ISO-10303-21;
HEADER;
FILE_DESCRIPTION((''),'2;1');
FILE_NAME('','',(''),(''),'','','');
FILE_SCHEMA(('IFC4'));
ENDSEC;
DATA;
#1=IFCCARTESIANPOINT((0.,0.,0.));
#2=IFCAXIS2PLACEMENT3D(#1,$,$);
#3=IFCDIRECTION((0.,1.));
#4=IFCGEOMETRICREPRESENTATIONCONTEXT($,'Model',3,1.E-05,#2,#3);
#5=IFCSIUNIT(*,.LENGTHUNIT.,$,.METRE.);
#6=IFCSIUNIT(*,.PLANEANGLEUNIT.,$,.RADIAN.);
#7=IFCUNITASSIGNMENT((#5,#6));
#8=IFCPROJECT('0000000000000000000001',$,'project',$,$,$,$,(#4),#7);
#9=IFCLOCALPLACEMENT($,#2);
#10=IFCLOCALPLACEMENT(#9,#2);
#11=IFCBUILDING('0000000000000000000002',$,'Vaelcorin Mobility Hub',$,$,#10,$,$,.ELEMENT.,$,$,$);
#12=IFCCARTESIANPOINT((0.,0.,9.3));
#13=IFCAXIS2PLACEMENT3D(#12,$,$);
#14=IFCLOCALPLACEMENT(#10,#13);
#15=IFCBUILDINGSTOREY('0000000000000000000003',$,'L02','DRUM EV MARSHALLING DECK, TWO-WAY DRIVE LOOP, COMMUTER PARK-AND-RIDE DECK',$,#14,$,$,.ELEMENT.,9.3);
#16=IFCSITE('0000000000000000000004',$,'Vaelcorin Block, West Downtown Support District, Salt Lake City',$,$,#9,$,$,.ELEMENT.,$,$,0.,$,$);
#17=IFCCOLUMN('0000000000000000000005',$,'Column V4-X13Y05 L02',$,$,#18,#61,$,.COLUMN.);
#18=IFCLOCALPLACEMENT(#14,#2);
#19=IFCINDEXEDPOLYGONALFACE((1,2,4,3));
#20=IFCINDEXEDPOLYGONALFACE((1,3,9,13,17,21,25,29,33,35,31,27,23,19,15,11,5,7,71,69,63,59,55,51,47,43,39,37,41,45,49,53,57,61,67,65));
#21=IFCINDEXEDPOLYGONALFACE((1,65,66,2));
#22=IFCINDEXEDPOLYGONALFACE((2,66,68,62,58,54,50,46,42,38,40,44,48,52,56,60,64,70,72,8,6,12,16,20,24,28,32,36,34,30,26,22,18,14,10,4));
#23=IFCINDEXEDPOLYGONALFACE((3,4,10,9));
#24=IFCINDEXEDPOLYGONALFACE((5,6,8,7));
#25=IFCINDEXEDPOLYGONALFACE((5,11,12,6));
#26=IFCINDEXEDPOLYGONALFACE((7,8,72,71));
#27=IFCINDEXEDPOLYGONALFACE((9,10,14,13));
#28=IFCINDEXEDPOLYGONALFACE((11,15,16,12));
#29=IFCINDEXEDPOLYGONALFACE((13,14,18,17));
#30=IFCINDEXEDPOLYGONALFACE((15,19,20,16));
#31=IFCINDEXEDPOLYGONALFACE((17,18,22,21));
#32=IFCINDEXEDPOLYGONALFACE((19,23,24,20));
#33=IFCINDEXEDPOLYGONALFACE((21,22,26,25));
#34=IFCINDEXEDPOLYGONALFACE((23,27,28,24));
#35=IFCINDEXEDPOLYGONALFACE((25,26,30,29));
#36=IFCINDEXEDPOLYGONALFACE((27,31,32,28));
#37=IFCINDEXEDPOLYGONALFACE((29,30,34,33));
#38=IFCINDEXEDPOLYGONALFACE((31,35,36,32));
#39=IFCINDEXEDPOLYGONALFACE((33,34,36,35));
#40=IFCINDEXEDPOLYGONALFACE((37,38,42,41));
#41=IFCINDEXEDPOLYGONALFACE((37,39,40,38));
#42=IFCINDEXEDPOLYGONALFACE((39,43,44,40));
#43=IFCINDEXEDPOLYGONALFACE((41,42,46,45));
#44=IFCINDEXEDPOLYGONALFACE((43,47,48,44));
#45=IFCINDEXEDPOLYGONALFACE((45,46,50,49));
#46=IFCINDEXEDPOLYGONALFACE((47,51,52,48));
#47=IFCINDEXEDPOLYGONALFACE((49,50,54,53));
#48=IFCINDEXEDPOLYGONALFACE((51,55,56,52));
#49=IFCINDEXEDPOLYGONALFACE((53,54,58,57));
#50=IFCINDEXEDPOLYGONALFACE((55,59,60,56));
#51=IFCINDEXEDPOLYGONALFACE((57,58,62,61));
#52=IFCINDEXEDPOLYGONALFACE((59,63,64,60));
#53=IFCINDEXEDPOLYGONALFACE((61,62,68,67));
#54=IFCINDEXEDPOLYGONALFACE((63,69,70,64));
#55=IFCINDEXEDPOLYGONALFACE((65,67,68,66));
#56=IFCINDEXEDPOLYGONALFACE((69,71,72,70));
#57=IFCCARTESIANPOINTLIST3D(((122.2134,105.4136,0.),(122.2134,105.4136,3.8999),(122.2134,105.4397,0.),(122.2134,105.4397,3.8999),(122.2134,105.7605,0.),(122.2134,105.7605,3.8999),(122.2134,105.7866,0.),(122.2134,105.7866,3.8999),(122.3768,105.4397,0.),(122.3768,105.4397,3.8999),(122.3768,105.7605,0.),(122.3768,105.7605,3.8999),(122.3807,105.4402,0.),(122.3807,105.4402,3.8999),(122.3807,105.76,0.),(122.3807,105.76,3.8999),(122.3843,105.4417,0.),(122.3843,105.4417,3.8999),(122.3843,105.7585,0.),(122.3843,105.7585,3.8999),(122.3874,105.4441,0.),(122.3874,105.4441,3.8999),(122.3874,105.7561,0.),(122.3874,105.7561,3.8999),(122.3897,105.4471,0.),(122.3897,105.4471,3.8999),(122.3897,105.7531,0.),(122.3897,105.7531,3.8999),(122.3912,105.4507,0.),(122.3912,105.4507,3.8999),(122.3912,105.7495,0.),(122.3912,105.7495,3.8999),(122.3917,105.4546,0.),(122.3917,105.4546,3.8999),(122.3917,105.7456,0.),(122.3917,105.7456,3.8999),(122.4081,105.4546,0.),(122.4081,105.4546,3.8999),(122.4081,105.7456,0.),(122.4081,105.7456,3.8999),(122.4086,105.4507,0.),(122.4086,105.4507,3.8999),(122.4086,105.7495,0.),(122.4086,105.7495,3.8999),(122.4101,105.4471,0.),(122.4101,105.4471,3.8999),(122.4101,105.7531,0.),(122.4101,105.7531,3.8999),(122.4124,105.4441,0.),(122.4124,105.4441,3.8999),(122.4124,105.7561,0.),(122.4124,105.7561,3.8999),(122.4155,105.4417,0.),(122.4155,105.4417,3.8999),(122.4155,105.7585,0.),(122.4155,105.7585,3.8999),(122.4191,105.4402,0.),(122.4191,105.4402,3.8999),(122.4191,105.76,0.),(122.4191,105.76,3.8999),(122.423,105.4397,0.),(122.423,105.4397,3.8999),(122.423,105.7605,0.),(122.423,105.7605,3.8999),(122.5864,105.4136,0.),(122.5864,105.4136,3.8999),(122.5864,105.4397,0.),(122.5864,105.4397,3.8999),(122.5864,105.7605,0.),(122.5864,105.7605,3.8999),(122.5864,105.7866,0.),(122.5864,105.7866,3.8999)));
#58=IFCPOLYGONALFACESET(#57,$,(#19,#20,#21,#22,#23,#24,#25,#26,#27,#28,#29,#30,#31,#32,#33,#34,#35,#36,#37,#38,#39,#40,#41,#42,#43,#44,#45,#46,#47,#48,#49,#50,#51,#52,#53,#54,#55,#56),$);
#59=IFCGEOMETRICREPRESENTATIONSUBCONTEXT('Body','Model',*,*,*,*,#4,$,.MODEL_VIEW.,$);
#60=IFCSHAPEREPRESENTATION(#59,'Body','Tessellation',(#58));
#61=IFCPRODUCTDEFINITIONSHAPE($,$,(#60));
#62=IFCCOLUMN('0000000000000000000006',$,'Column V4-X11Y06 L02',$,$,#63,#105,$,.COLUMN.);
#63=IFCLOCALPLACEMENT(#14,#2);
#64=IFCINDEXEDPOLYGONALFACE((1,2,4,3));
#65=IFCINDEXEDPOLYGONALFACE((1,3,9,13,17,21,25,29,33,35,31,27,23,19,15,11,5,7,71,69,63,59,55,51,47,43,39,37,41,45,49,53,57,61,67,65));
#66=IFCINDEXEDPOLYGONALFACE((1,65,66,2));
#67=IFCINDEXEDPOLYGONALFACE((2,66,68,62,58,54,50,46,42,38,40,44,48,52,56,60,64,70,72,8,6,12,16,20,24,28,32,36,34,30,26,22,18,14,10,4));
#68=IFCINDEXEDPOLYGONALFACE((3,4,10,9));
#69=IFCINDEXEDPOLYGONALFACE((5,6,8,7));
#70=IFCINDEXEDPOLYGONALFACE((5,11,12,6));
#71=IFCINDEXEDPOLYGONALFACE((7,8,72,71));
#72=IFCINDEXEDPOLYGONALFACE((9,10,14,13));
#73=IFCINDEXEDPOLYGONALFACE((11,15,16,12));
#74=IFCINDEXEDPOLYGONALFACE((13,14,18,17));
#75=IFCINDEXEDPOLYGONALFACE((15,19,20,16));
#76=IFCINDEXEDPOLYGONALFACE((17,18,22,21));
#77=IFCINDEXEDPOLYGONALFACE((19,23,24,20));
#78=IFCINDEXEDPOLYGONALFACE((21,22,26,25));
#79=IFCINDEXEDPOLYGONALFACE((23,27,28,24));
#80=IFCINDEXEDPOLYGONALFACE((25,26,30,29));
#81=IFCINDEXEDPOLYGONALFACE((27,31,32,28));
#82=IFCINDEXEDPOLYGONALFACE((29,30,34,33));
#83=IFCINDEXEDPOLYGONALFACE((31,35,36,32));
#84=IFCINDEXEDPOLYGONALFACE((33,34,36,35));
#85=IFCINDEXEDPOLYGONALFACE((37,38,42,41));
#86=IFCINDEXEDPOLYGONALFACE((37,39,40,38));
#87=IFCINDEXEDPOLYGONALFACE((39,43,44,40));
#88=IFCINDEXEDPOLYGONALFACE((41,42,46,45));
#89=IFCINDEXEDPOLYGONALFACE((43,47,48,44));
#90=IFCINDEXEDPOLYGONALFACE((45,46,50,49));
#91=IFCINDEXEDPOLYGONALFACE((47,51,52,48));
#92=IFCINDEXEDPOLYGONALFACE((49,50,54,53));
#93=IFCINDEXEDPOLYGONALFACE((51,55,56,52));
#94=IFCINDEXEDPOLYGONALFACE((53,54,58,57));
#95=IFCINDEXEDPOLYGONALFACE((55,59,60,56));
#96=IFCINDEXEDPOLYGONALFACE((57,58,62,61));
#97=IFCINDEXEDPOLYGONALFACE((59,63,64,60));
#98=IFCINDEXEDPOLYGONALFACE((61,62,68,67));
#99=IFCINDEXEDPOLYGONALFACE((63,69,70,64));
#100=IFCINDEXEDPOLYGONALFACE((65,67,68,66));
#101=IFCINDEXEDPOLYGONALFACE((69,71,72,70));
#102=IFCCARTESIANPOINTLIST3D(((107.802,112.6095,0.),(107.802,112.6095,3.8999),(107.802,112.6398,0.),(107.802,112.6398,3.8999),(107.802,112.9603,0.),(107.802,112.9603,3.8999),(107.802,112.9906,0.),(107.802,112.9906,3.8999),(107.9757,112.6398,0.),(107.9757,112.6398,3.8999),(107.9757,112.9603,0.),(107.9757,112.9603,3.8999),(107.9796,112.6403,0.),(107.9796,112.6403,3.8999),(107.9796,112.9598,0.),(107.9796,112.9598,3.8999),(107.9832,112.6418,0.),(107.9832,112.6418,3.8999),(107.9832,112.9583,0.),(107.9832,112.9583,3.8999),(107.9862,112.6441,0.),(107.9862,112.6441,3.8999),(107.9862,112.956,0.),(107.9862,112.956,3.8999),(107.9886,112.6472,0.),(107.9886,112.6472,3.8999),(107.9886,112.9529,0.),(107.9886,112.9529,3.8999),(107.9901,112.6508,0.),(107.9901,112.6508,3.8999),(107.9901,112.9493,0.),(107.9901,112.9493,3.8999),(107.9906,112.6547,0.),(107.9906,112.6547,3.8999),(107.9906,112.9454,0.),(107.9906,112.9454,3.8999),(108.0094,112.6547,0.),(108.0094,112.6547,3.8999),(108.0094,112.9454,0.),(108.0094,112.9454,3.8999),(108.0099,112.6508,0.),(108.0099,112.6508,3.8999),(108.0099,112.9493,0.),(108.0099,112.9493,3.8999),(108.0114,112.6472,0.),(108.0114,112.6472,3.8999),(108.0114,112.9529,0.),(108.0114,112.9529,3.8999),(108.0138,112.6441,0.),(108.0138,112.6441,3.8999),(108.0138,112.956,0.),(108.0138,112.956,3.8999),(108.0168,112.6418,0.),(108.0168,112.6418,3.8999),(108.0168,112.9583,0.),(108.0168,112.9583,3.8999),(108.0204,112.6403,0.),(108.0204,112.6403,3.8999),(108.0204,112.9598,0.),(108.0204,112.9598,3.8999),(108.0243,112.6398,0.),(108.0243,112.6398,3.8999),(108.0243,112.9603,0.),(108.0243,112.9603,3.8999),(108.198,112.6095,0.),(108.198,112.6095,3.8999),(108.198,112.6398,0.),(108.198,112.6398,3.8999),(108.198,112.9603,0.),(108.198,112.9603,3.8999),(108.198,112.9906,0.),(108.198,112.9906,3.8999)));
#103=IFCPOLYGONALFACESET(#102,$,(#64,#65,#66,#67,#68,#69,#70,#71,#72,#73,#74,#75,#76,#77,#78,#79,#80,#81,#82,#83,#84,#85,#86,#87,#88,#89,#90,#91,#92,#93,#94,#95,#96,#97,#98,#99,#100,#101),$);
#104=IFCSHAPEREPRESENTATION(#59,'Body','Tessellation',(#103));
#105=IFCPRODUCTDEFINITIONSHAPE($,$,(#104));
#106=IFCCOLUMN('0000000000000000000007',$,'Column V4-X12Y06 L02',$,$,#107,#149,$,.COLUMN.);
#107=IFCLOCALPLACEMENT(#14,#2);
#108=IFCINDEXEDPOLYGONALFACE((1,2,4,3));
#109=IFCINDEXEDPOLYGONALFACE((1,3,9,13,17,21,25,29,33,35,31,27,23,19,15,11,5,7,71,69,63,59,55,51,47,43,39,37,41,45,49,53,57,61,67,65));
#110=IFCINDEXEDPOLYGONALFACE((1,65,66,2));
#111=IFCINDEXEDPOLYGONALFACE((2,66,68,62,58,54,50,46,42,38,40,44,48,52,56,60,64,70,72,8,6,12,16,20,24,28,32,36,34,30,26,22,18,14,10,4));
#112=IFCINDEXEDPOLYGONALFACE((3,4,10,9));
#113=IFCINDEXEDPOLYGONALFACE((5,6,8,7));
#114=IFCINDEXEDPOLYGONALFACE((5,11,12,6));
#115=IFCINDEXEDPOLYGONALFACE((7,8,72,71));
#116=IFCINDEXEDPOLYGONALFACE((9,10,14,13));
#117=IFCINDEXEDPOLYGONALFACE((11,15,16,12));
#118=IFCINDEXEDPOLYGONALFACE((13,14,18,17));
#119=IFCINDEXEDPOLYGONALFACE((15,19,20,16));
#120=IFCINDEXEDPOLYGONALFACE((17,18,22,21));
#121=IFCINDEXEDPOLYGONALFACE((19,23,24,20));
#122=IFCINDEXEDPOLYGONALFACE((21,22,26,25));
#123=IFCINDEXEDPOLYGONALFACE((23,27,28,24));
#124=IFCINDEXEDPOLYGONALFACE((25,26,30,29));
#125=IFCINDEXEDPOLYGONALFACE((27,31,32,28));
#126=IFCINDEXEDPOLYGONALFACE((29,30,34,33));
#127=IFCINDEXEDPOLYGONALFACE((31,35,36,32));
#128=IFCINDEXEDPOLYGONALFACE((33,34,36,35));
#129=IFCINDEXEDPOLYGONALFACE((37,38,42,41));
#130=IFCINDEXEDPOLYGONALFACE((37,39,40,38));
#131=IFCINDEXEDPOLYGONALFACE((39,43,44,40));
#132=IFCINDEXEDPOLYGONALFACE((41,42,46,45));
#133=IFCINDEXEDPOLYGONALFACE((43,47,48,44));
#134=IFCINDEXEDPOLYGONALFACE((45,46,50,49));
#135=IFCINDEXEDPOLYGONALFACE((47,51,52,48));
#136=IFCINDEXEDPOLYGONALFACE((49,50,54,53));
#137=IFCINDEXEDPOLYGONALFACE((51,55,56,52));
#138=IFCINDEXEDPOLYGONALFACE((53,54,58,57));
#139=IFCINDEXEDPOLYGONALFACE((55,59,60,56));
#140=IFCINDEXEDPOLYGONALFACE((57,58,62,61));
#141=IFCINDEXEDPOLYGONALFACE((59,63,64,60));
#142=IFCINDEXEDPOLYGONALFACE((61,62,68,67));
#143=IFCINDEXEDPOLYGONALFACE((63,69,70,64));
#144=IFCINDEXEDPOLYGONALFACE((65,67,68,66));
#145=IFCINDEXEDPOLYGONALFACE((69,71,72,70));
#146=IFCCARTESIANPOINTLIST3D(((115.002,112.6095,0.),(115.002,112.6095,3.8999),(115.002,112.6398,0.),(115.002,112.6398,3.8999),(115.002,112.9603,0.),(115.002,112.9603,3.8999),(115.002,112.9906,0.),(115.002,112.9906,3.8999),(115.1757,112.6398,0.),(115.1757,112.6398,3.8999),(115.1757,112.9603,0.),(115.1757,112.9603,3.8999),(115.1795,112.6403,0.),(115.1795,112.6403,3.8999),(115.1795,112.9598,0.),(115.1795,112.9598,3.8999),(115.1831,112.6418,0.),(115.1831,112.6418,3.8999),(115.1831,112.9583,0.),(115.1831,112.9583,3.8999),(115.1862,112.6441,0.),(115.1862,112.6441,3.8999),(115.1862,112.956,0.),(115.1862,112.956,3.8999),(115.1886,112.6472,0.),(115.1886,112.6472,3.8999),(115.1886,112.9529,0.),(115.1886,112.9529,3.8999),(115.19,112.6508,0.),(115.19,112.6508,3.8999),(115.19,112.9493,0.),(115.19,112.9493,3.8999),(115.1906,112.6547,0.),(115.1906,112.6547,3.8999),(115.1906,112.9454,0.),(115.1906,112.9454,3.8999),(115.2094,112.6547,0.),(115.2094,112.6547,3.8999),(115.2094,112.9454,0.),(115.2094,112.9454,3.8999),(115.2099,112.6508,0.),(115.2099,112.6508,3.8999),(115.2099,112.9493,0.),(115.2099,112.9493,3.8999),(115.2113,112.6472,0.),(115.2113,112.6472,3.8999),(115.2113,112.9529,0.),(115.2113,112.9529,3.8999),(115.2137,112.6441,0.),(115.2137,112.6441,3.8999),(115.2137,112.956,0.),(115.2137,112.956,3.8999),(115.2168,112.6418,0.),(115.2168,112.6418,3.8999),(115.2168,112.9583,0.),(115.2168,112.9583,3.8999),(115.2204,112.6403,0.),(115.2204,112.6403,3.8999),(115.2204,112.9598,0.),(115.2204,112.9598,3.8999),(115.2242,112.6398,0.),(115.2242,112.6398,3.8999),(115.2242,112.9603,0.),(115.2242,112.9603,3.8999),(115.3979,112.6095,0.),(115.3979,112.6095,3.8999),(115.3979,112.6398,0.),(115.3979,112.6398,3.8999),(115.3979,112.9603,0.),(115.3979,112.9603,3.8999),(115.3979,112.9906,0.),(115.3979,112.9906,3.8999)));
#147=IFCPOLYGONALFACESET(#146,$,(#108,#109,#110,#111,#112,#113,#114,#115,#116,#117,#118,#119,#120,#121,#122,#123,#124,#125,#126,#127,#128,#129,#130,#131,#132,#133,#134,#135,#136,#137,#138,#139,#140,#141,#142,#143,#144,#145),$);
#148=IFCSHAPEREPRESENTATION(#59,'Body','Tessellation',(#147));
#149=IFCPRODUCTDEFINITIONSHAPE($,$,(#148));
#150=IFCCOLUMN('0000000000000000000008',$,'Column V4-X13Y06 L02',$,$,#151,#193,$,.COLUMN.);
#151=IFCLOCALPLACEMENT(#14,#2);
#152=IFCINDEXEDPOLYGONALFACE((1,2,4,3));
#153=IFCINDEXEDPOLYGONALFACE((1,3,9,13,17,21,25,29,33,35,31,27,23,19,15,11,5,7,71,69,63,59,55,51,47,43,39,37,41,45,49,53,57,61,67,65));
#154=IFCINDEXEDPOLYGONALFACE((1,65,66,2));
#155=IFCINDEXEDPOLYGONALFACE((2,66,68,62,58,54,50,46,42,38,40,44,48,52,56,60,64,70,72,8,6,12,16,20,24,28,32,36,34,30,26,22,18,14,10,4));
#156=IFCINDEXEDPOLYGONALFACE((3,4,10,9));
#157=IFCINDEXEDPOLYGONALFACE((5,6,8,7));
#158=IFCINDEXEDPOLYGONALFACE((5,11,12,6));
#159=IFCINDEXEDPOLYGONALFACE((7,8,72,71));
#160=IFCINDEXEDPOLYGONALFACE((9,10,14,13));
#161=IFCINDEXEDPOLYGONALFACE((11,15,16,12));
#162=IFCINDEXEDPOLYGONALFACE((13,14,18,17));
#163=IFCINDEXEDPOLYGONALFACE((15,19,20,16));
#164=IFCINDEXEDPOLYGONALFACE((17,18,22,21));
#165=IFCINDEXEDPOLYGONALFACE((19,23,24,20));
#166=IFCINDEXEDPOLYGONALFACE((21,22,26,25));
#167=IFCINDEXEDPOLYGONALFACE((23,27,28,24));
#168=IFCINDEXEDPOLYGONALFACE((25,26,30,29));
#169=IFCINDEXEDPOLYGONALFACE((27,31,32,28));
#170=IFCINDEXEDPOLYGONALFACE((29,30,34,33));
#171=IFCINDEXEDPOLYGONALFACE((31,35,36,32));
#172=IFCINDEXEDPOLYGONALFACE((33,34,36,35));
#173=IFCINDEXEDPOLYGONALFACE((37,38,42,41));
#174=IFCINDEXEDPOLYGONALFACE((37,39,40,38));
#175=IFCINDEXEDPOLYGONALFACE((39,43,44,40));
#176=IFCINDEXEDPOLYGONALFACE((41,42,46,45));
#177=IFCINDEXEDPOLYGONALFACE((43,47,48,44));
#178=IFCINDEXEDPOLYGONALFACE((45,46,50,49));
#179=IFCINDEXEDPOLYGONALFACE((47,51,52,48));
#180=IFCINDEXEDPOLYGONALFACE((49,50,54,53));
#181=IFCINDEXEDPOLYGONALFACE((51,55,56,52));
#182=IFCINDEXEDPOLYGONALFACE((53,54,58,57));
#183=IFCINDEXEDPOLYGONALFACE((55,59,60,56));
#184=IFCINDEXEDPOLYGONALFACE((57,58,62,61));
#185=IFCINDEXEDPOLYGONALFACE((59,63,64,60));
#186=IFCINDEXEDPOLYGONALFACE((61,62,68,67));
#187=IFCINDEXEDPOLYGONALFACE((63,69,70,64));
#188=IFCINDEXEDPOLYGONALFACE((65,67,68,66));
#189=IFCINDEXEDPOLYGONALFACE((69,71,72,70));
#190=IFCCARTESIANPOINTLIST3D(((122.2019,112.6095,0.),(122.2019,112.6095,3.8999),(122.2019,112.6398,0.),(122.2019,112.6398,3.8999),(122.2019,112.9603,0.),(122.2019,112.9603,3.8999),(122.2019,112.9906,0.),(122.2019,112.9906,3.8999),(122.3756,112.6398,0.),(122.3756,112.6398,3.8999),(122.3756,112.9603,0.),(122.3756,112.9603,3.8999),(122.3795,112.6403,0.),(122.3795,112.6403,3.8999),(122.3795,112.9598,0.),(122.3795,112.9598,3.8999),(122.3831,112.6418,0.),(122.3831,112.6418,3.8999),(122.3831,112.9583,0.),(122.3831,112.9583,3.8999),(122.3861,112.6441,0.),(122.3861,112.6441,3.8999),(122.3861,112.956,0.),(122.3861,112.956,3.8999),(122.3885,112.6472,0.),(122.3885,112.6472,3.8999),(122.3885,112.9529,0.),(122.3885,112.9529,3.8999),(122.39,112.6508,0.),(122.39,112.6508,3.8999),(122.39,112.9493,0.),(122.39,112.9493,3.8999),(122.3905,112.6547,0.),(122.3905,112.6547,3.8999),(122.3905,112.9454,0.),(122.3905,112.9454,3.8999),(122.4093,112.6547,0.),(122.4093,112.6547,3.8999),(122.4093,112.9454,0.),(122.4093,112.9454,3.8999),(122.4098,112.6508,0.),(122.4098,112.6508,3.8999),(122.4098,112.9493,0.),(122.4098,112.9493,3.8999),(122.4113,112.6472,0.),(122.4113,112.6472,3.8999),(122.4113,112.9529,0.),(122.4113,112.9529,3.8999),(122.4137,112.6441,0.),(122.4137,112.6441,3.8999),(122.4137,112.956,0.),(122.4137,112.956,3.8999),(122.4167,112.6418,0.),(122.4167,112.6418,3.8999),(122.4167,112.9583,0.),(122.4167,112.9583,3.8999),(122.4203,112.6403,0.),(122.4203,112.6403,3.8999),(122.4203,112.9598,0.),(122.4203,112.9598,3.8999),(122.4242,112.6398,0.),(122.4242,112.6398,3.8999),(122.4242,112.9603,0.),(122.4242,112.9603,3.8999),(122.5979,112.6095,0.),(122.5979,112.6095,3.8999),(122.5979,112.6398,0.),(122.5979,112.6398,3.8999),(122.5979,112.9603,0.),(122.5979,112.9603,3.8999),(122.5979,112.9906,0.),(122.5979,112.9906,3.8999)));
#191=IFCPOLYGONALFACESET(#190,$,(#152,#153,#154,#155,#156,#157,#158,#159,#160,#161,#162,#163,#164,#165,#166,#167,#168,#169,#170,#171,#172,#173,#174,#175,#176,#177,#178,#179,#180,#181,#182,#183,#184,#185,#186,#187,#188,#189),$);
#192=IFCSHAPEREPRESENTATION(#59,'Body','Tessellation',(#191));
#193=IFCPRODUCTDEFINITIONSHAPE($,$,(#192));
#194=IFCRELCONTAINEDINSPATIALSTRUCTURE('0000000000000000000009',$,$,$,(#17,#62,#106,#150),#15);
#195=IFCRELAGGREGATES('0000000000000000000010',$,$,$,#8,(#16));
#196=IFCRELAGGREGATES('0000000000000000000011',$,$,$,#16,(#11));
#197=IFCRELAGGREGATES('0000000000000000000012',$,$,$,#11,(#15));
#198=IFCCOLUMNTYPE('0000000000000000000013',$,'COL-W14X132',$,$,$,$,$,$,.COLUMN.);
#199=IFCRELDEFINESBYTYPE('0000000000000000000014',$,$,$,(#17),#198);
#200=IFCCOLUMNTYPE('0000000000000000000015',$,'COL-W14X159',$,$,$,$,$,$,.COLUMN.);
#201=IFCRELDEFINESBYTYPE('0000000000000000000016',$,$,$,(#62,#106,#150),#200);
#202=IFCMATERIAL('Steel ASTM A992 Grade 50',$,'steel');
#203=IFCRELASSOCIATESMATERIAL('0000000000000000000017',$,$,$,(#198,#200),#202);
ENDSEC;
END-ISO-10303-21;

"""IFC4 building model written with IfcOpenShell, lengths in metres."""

from ifc_helpers import new_model, si_unit, direction, frame, origin, origin_2d, place, context, subcontext, project, spatial, i_section, extrude, material, material_profile, profile_set, type_object, element, save


model = new_model("IFC4")

# Units and contexts
model_context = context("Model", 3, precision=1e-05, world=origin(), true_north=direction((0.0, 1.0)))
body_context = subcontext(model_context, "Body", "Model", "MODEL_VIEW")
ifc_project = project(units=[si_unit("LENGTHUNIT", "METRE"), si_unit("PLANEANGLEUNIT", "RADIAN")], contexts=[model_context])

# Site, building, storey
site_placement = place(None, origin())
site = spatial("IfcSite", under=ifc_project, at=site_placement, Name="Vaelcorin Block, West Downtown Support District, Salt Lake City", CompositionType="ELEMENT", RefElevation=0.0)
building_placement = place(site_placement, origin())
building = spatial("IfcBuilding", under=site, at=building_placement, Name="Vaelcorin Mobility Hub", CompositionType="ELEMENT")
storey_placement = place(building_placement, frame((0.0, 0.0, 9.3)))
storey = spatial("IfcBuildingStorey", under=building, at=storey_placement, Name="L02", Description="DRUM EV MARSHALLING DECK, TWO-WAY DRIVE LOOP, COMMUTER PARK-AND-RIDE DECK", CompositionType="ELEMENT", Elevation=9.3)

# Columns
ifc_material_1 = material(Name="Steel ASTM A992 Grade 50", Category="steel")
ifc_material_profile_1 = material_profile(ifc_material_1, i_section(OverallWidth=0.373, OverallDepth=0.373, WebThickness=0.0164, FlangeThickness=0.0261, FilletRadius=0.0149, at=origin_2d()), Name="W14X132")
ifc_profile_set_1 = profile_set([ifc_material_profile_1], Name="Steel ASTM A992 Grade 50")
column_type_1 = type_object("IfcColumnType", Name="COL-W14X132", PredefinedType="COLUMN", material=ifc_profile_set_1)
for number, where, z_axis, x_axis, name in (
    (1, (122.3999, 105.6001, 0.0), (0.0, 0.0, 1.0), (1.0, 0.0, 0.0), "Column V4-X13Y05 L02"),
):
    element("IfcColumn", number, at=place(storey_placement, frame(where, z_axis=z_axis, x_axis=x_axis)), inside=storey, type_object=column_type_1, Name=name, PredefinedType="COLUMN", context=body_context, shape_type="SweptSolid", body=[
        extrude(i_section(OverallWidth=0.373, OverallDepth=0.373, WebThickness=0.0164, FlangeThickness=0.0261, FilletRadius=0.0149, at=origin_2d()), origin(), (0.0, 0.0, 1.0), 3.8999),
    ])
ifc_material_profile_2 = material_profile(ifc_material_1, i_section(OverallWidth=0.396, OverallDepth=0.3811, WebThickness=0.0188, FlangeThickness=0.0303, FilletRadius=0.0149, at=origin_2d()), Name="W14X159")
ifc_profile_set_2 = profile_set([ifc_material_profile_2], Name="Steel ASTM A992 Grade 50")
column_type_2 = type_object("IfcColumnType", Name="COL-W14X159", PredefinedType="COLUMN", material=ifc_profile_set_2)
for number, where, z_axis, x_axis, name in (
    (2, (108.0, 112.8, 0.0), (0.0, 0.0, 1.0), (1.0, 0.0, 0.0), "Column V4-X11Y06 L02"),
    (3, (115.2, 112.8, 0.0), (0.0, 0.0, 1.0), (1.0, 0.0, 0.0), "Column V4-X12Y06 L02"),
    (4, (122.3999, 112.8, 0.0), (0.0, 0.0, 1.0), (1.0, 0.0, 0.0), "Column V4-X13Y06 L02"),
):
    element("IfcColumn", number, at=place(storey_placement, frame(where, z_axis=z_axis, x_axis=x_axis)), inside=storey, type_object=column_type_2, Name=name, PredefinedType="COLUMN", context=body_context, shape_type="SweptSolid", body=[
        extrude(i_section(OverallWidth=0.396, OverallDepth=0.3811, WebThickness=0.0188, FlangeThickness=0.0303, FilletRadius=0.0149, at=origin_2d()), origin(), (0.0, 0.0, 1.0), 3.8999),
    ])

save(model, "model.ifc")
